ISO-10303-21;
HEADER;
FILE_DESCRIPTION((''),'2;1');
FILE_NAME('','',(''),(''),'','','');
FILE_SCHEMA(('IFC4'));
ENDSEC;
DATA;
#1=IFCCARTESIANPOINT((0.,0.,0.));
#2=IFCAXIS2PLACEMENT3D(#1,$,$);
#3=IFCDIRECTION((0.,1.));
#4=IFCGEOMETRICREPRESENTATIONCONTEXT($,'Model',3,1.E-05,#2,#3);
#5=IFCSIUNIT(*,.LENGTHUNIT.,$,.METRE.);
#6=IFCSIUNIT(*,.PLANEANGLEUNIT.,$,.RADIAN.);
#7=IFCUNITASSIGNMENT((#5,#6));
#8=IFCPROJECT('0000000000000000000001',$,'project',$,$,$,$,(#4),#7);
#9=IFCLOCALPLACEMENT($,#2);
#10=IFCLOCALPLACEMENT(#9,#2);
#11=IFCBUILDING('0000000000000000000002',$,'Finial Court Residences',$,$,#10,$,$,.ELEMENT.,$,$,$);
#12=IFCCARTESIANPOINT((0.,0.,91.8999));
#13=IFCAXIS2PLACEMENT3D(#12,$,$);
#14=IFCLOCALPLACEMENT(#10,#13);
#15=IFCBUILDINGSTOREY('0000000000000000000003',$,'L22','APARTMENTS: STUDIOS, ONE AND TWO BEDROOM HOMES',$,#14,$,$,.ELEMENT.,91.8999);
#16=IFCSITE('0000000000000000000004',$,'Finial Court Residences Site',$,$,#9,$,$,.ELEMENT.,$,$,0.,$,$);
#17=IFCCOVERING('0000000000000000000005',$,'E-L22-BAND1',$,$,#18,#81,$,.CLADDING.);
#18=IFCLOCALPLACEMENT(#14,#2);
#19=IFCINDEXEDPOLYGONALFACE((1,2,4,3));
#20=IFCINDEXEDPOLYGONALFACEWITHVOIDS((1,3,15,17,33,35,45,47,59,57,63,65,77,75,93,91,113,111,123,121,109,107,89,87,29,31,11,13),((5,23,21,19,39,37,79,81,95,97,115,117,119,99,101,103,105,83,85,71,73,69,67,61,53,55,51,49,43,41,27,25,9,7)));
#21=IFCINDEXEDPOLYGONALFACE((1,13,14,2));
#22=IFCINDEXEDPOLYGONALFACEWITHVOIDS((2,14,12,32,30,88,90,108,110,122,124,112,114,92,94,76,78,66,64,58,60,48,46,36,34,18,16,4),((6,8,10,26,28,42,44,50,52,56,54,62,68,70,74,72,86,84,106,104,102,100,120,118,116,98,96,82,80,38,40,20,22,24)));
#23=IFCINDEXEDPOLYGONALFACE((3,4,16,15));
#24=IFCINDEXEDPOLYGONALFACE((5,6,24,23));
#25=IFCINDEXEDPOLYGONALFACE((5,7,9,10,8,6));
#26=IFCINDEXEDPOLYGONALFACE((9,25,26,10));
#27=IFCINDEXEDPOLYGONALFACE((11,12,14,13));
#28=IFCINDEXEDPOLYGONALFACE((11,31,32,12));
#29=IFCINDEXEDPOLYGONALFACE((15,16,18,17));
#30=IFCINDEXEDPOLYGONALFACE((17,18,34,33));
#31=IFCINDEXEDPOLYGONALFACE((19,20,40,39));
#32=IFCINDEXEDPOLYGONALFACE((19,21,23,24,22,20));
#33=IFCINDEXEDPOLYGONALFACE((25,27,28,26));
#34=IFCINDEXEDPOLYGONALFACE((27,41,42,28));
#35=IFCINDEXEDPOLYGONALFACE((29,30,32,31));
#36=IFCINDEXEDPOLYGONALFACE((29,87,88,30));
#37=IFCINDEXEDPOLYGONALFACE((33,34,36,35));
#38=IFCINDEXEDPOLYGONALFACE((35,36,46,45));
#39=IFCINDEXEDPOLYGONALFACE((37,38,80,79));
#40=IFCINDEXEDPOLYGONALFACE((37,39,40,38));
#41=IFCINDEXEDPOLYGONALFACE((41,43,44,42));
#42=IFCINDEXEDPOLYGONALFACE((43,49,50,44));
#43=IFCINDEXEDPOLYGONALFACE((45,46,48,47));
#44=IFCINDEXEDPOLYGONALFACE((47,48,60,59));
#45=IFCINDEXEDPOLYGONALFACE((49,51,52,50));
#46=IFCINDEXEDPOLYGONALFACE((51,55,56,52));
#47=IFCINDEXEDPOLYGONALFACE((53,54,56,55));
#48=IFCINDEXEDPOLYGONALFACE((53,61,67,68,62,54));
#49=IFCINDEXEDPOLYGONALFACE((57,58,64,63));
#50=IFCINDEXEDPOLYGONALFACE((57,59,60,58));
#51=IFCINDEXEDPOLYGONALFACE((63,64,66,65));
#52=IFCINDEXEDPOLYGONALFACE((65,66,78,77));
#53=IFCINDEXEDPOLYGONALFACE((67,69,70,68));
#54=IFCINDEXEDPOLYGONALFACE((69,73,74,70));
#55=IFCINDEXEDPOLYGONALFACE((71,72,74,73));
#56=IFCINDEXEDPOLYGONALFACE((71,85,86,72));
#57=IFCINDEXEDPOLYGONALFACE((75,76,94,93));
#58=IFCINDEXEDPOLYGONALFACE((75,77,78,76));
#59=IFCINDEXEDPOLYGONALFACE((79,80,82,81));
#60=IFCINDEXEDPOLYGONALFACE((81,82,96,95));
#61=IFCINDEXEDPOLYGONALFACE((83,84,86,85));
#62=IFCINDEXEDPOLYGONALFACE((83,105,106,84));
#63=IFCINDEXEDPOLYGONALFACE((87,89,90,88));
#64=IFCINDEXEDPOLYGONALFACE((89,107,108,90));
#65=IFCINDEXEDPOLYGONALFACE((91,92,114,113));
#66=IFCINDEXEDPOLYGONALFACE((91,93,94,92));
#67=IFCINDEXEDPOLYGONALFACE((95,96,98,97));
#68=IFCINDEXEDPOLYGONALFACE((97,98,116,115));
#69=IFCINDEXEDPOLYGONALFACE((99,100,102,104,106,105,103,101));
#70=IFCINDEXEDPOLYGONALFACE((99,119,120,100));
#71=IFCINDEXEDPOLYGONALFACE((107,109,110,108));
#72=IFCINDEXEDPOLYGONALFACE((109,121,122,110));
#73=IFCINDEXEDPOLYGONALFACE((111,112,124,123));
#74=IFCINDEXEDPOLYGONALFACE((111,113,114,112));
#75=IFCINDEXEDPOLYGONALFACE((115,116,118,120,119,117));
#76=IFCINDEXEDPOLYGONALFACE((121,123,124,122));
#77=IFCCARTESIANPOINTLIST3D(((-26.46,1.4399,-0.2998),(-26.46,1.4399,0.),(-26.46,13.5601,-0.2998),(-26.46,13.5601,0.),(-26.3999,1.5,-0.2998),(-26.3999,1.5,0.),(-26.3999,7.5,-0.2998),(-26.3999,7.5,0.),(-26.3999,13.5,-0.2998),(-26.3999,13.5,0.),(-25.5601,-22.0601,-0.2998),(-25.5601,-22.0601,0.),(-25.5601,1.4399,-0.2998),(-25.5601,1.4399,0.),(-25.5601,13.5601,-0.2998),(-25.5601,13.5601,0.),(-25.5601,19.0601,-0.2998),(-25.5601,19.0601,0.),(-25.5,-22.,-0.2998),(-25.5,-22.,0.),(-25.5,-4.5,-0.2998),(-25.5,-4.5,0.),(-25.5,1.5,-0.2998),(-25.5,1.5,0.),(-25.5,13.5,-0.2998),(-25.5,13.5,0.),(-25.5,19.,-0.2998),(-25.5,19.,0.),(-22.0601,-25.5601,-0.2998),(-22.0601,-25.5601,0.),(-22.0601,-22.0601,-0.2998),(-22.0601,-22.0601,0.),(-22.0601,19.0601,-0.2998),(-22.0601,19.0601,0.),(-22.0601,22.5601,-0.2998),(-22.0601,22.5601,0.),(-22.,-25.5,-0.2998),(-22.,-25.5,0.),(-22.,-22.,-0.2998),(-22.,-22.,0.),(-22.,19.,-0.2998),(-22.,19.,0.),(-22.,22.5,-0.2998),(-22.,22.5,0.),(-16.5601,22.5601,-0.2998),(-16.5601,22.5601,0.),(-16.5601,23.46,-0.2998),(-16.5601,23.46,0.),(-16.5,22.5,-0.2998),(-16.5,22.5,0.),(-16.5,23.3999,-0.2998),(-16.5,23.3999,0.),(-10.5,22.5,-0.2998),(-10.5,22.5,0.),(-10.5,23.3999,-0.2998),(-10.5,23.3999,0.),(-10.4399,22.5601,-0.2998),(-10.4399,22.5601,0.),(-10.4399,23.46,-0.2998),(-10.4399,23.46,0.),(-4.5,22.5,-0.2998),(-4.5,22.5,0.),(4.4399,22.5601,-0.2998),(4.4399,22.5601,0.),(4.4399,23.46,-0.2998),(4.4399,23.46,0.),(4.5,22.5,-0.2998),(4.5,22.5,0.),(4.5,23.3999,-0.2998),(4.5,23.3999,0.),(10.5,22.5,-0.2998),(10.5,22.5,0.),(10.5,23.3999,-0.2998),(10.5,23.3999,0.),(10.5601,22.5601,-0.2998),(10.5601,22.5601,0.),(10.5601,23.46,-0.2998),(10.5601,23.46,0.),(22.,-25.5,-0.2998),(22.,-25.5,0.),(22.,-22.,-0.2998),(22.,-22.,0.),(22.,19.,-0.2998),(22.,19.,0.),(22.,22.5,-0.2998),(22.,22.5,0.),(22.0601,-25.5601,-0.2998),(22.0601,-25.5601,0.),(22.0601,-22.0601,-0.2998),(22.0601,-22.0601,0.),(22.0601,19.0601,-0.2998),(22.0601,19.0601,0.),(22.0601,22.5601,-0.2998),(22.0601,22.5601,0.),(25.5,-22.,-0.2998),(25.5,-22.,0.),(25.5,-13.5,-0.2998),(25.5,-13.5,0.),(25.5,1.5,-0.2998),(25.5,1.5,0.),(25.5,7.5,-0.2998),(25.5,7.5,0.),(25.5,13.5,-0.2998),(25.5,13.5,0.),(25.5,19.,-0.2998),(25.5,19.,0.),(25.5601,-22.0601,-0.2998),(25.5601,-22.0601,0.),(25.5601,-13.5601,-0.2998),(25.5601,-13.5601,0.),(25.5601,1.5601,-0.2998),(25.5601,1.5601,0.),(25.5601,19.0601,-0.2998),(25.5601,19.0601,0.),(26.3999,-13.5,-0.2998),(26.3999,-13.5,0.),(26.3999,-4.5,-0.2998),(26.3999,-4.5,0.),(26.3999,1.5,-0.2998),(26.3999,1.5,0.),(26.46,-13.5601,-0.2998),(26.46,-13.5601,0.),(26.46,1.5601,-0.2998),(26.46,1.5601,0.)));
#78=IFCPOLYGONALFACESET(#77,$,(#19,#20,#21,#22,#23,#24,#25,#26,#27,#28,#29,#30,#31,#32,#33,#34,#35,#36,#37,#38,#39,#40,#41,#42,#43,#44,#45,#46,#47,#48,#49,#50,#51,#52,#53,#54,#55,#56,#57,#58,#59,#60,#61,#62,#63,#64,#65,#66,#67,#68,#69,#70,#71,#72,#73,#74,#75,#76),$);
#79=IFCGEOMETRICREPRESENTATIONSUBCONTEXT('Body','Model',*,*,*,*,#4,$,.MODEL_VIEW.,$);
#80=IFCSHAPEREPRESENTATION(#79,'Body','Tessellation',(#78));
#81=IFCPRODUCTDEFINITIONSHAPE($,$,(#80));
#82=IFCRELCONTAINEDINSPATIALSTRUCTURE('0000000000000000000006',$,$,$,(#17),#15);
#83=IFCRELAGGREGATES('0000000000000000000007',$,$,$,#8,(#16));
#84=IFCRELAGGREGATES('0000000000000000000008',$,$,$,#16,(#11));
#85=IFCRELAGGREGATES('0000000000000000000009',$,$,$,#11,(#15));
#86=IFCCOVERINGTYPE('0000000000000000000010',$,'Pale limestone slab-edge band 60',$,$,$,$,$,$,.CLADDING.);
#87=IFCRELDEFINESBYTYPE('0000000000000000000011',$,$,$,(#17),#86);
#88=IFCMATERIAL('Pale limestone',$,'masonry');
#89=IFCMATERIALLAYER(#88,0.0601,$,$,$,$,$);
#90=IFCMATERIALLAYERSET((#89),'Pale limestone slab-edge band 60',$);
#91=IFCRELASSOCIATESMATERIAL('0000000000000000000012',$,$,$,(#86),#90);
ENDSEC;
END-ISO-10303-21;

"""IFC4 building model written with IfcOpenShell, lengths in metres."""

from ifc_helpers import new_model, si_unit, direction, frame, origin, place, context, subcontext, project, spatial, polyline, outline, extrude, material, layer, layer_set, type_object, element, save


model = new_model("IFC4")

# Units and contexts
model_context = context("Model", 3, precision=1e-05, world=origin(), true_north=direction((0.0, 1.0)))
body_context = subcontext(model_context, "Body", "Model", "MODEL_VIEW")
ifc_project = project(units=[si_unit("LENGTHUNIT", "METRE"), si_unit("PLANEANGLEUNIT", "RADIAN")], contexts=[model_context])

# Site, building, storey
site_placement = place(None, origin())
site = spatial("IfcSite", under=ifc_project, at=site_placement, Name="Finial Court Residences Site", CompositionType="ELEMENT", RefElevation=0.0)
building_placement = place(site_placement, origin())
building = spatial("IfcBuilding", under=site, at=building_placement, Name="Finial Court Residences", CompositionType="ELEMENT")
storey_placement = place(building_placement, frame((0.0, 0.0, 91.8999)))
storey = spatial("IfcBuildingStorey", under=building, at=storey_placement, Name="L22", Description="APARTMENTS: STUDIOS, ONE AND TWO BEDROOM HOMES", CompositionType="ELEMENT", Elevation=91.8999)

# Covering
ifc_material_1 = material(Name="Pale limestone", Category="masonry")
ifc_layer_1 = layer(ifc_material_1, 0.0601)
ifc_layer_set_1 = layer_set([ifc_layer_1], Name="Pale limestone slab-edge band 60")
covering_type = type_object("IfcCoveringType", Name="Pale limestone slab-edge band 60", PredefinedType="CLADDING", material=ifc_layer_set_1)
covering_placement = place(storey_placement, frame((0.0, 0.0, -0.2998)))
element("IfcCovering", 1, at=covering_placement, inside=storey, type_object=covering_type, Name="E-L22-BAND1", PredefinedType="CLADDING", context=body_context, shape_type="SweptSolid", body=[
    extrude(outline(polyline([(-26.46, 13.5601), (-25.5601, 13.5601), (-25.5601, 19.0601), (-22.0601, 19.0601), (-22.0601, 22.5601), (-16.5601, 22.5601), (-16.5601, 23.46), (-10.4399, 23.46), (-10.4399, 22.5601), (4.4399, 22.5601), (4.4399, 23.46), (10.5601, 23.46), (10.5601, 22.5601), (22.0601, 22.5601), (22.0601, 19.0601), (25.5601, 19.0601), (25.5601, 1.5601), (26.46, 1.5601), (26.46, -13.5601), (25.5601, -13.5601), (25.5601, -22.0601), (22.0601, -22.0601), (22.0601, -25.5601), (-22.0601, -25.5601), (-22.0601, -22.0601), (-25.5601, -22.0601), (-25.5601, 1.4399), (-26.46, 1.4399), (-26.46, 13.5601)]), holes=[polyline([(-25.5, 1.5), (-25.5, -4.5), (-25.5, -22.0), (-22.0, -22.0), (-22.0, -25.5), (22.0, -25.5), (22.0, -22.0), (25.5, -22.0), (25.5, -13.5), (26.3999, -13.5), (26.3999, -4.5), (26.3999, 1.5), (25.5, 1.5), (25.5, 7.5), (25.5, 13.5), (25.5, 19.0), (22.0, 19.0), (22.0, 22.5), (10.5, 22.5), (10.5, 23.3999), (4.5, 23.3999), (4.5, 22.5), (-4.5, 22.5), (-10.5, 22.5), (-10.5, 23.3999), (-16.5, 23.3999), (-16.5, 22.5), (-22.0, 22.5), (-22.0, 19.0), (-25.5, 19.0), (-25.5, 13.5), (-26.3999, 13.5), (-26.3999, 7.5), (-26.3999, 1.5), (-25.5, 1.5)])]), origin(), (0.0, 0.0, 1.0), 0.2998),
])

save(model, "model.ifc")
